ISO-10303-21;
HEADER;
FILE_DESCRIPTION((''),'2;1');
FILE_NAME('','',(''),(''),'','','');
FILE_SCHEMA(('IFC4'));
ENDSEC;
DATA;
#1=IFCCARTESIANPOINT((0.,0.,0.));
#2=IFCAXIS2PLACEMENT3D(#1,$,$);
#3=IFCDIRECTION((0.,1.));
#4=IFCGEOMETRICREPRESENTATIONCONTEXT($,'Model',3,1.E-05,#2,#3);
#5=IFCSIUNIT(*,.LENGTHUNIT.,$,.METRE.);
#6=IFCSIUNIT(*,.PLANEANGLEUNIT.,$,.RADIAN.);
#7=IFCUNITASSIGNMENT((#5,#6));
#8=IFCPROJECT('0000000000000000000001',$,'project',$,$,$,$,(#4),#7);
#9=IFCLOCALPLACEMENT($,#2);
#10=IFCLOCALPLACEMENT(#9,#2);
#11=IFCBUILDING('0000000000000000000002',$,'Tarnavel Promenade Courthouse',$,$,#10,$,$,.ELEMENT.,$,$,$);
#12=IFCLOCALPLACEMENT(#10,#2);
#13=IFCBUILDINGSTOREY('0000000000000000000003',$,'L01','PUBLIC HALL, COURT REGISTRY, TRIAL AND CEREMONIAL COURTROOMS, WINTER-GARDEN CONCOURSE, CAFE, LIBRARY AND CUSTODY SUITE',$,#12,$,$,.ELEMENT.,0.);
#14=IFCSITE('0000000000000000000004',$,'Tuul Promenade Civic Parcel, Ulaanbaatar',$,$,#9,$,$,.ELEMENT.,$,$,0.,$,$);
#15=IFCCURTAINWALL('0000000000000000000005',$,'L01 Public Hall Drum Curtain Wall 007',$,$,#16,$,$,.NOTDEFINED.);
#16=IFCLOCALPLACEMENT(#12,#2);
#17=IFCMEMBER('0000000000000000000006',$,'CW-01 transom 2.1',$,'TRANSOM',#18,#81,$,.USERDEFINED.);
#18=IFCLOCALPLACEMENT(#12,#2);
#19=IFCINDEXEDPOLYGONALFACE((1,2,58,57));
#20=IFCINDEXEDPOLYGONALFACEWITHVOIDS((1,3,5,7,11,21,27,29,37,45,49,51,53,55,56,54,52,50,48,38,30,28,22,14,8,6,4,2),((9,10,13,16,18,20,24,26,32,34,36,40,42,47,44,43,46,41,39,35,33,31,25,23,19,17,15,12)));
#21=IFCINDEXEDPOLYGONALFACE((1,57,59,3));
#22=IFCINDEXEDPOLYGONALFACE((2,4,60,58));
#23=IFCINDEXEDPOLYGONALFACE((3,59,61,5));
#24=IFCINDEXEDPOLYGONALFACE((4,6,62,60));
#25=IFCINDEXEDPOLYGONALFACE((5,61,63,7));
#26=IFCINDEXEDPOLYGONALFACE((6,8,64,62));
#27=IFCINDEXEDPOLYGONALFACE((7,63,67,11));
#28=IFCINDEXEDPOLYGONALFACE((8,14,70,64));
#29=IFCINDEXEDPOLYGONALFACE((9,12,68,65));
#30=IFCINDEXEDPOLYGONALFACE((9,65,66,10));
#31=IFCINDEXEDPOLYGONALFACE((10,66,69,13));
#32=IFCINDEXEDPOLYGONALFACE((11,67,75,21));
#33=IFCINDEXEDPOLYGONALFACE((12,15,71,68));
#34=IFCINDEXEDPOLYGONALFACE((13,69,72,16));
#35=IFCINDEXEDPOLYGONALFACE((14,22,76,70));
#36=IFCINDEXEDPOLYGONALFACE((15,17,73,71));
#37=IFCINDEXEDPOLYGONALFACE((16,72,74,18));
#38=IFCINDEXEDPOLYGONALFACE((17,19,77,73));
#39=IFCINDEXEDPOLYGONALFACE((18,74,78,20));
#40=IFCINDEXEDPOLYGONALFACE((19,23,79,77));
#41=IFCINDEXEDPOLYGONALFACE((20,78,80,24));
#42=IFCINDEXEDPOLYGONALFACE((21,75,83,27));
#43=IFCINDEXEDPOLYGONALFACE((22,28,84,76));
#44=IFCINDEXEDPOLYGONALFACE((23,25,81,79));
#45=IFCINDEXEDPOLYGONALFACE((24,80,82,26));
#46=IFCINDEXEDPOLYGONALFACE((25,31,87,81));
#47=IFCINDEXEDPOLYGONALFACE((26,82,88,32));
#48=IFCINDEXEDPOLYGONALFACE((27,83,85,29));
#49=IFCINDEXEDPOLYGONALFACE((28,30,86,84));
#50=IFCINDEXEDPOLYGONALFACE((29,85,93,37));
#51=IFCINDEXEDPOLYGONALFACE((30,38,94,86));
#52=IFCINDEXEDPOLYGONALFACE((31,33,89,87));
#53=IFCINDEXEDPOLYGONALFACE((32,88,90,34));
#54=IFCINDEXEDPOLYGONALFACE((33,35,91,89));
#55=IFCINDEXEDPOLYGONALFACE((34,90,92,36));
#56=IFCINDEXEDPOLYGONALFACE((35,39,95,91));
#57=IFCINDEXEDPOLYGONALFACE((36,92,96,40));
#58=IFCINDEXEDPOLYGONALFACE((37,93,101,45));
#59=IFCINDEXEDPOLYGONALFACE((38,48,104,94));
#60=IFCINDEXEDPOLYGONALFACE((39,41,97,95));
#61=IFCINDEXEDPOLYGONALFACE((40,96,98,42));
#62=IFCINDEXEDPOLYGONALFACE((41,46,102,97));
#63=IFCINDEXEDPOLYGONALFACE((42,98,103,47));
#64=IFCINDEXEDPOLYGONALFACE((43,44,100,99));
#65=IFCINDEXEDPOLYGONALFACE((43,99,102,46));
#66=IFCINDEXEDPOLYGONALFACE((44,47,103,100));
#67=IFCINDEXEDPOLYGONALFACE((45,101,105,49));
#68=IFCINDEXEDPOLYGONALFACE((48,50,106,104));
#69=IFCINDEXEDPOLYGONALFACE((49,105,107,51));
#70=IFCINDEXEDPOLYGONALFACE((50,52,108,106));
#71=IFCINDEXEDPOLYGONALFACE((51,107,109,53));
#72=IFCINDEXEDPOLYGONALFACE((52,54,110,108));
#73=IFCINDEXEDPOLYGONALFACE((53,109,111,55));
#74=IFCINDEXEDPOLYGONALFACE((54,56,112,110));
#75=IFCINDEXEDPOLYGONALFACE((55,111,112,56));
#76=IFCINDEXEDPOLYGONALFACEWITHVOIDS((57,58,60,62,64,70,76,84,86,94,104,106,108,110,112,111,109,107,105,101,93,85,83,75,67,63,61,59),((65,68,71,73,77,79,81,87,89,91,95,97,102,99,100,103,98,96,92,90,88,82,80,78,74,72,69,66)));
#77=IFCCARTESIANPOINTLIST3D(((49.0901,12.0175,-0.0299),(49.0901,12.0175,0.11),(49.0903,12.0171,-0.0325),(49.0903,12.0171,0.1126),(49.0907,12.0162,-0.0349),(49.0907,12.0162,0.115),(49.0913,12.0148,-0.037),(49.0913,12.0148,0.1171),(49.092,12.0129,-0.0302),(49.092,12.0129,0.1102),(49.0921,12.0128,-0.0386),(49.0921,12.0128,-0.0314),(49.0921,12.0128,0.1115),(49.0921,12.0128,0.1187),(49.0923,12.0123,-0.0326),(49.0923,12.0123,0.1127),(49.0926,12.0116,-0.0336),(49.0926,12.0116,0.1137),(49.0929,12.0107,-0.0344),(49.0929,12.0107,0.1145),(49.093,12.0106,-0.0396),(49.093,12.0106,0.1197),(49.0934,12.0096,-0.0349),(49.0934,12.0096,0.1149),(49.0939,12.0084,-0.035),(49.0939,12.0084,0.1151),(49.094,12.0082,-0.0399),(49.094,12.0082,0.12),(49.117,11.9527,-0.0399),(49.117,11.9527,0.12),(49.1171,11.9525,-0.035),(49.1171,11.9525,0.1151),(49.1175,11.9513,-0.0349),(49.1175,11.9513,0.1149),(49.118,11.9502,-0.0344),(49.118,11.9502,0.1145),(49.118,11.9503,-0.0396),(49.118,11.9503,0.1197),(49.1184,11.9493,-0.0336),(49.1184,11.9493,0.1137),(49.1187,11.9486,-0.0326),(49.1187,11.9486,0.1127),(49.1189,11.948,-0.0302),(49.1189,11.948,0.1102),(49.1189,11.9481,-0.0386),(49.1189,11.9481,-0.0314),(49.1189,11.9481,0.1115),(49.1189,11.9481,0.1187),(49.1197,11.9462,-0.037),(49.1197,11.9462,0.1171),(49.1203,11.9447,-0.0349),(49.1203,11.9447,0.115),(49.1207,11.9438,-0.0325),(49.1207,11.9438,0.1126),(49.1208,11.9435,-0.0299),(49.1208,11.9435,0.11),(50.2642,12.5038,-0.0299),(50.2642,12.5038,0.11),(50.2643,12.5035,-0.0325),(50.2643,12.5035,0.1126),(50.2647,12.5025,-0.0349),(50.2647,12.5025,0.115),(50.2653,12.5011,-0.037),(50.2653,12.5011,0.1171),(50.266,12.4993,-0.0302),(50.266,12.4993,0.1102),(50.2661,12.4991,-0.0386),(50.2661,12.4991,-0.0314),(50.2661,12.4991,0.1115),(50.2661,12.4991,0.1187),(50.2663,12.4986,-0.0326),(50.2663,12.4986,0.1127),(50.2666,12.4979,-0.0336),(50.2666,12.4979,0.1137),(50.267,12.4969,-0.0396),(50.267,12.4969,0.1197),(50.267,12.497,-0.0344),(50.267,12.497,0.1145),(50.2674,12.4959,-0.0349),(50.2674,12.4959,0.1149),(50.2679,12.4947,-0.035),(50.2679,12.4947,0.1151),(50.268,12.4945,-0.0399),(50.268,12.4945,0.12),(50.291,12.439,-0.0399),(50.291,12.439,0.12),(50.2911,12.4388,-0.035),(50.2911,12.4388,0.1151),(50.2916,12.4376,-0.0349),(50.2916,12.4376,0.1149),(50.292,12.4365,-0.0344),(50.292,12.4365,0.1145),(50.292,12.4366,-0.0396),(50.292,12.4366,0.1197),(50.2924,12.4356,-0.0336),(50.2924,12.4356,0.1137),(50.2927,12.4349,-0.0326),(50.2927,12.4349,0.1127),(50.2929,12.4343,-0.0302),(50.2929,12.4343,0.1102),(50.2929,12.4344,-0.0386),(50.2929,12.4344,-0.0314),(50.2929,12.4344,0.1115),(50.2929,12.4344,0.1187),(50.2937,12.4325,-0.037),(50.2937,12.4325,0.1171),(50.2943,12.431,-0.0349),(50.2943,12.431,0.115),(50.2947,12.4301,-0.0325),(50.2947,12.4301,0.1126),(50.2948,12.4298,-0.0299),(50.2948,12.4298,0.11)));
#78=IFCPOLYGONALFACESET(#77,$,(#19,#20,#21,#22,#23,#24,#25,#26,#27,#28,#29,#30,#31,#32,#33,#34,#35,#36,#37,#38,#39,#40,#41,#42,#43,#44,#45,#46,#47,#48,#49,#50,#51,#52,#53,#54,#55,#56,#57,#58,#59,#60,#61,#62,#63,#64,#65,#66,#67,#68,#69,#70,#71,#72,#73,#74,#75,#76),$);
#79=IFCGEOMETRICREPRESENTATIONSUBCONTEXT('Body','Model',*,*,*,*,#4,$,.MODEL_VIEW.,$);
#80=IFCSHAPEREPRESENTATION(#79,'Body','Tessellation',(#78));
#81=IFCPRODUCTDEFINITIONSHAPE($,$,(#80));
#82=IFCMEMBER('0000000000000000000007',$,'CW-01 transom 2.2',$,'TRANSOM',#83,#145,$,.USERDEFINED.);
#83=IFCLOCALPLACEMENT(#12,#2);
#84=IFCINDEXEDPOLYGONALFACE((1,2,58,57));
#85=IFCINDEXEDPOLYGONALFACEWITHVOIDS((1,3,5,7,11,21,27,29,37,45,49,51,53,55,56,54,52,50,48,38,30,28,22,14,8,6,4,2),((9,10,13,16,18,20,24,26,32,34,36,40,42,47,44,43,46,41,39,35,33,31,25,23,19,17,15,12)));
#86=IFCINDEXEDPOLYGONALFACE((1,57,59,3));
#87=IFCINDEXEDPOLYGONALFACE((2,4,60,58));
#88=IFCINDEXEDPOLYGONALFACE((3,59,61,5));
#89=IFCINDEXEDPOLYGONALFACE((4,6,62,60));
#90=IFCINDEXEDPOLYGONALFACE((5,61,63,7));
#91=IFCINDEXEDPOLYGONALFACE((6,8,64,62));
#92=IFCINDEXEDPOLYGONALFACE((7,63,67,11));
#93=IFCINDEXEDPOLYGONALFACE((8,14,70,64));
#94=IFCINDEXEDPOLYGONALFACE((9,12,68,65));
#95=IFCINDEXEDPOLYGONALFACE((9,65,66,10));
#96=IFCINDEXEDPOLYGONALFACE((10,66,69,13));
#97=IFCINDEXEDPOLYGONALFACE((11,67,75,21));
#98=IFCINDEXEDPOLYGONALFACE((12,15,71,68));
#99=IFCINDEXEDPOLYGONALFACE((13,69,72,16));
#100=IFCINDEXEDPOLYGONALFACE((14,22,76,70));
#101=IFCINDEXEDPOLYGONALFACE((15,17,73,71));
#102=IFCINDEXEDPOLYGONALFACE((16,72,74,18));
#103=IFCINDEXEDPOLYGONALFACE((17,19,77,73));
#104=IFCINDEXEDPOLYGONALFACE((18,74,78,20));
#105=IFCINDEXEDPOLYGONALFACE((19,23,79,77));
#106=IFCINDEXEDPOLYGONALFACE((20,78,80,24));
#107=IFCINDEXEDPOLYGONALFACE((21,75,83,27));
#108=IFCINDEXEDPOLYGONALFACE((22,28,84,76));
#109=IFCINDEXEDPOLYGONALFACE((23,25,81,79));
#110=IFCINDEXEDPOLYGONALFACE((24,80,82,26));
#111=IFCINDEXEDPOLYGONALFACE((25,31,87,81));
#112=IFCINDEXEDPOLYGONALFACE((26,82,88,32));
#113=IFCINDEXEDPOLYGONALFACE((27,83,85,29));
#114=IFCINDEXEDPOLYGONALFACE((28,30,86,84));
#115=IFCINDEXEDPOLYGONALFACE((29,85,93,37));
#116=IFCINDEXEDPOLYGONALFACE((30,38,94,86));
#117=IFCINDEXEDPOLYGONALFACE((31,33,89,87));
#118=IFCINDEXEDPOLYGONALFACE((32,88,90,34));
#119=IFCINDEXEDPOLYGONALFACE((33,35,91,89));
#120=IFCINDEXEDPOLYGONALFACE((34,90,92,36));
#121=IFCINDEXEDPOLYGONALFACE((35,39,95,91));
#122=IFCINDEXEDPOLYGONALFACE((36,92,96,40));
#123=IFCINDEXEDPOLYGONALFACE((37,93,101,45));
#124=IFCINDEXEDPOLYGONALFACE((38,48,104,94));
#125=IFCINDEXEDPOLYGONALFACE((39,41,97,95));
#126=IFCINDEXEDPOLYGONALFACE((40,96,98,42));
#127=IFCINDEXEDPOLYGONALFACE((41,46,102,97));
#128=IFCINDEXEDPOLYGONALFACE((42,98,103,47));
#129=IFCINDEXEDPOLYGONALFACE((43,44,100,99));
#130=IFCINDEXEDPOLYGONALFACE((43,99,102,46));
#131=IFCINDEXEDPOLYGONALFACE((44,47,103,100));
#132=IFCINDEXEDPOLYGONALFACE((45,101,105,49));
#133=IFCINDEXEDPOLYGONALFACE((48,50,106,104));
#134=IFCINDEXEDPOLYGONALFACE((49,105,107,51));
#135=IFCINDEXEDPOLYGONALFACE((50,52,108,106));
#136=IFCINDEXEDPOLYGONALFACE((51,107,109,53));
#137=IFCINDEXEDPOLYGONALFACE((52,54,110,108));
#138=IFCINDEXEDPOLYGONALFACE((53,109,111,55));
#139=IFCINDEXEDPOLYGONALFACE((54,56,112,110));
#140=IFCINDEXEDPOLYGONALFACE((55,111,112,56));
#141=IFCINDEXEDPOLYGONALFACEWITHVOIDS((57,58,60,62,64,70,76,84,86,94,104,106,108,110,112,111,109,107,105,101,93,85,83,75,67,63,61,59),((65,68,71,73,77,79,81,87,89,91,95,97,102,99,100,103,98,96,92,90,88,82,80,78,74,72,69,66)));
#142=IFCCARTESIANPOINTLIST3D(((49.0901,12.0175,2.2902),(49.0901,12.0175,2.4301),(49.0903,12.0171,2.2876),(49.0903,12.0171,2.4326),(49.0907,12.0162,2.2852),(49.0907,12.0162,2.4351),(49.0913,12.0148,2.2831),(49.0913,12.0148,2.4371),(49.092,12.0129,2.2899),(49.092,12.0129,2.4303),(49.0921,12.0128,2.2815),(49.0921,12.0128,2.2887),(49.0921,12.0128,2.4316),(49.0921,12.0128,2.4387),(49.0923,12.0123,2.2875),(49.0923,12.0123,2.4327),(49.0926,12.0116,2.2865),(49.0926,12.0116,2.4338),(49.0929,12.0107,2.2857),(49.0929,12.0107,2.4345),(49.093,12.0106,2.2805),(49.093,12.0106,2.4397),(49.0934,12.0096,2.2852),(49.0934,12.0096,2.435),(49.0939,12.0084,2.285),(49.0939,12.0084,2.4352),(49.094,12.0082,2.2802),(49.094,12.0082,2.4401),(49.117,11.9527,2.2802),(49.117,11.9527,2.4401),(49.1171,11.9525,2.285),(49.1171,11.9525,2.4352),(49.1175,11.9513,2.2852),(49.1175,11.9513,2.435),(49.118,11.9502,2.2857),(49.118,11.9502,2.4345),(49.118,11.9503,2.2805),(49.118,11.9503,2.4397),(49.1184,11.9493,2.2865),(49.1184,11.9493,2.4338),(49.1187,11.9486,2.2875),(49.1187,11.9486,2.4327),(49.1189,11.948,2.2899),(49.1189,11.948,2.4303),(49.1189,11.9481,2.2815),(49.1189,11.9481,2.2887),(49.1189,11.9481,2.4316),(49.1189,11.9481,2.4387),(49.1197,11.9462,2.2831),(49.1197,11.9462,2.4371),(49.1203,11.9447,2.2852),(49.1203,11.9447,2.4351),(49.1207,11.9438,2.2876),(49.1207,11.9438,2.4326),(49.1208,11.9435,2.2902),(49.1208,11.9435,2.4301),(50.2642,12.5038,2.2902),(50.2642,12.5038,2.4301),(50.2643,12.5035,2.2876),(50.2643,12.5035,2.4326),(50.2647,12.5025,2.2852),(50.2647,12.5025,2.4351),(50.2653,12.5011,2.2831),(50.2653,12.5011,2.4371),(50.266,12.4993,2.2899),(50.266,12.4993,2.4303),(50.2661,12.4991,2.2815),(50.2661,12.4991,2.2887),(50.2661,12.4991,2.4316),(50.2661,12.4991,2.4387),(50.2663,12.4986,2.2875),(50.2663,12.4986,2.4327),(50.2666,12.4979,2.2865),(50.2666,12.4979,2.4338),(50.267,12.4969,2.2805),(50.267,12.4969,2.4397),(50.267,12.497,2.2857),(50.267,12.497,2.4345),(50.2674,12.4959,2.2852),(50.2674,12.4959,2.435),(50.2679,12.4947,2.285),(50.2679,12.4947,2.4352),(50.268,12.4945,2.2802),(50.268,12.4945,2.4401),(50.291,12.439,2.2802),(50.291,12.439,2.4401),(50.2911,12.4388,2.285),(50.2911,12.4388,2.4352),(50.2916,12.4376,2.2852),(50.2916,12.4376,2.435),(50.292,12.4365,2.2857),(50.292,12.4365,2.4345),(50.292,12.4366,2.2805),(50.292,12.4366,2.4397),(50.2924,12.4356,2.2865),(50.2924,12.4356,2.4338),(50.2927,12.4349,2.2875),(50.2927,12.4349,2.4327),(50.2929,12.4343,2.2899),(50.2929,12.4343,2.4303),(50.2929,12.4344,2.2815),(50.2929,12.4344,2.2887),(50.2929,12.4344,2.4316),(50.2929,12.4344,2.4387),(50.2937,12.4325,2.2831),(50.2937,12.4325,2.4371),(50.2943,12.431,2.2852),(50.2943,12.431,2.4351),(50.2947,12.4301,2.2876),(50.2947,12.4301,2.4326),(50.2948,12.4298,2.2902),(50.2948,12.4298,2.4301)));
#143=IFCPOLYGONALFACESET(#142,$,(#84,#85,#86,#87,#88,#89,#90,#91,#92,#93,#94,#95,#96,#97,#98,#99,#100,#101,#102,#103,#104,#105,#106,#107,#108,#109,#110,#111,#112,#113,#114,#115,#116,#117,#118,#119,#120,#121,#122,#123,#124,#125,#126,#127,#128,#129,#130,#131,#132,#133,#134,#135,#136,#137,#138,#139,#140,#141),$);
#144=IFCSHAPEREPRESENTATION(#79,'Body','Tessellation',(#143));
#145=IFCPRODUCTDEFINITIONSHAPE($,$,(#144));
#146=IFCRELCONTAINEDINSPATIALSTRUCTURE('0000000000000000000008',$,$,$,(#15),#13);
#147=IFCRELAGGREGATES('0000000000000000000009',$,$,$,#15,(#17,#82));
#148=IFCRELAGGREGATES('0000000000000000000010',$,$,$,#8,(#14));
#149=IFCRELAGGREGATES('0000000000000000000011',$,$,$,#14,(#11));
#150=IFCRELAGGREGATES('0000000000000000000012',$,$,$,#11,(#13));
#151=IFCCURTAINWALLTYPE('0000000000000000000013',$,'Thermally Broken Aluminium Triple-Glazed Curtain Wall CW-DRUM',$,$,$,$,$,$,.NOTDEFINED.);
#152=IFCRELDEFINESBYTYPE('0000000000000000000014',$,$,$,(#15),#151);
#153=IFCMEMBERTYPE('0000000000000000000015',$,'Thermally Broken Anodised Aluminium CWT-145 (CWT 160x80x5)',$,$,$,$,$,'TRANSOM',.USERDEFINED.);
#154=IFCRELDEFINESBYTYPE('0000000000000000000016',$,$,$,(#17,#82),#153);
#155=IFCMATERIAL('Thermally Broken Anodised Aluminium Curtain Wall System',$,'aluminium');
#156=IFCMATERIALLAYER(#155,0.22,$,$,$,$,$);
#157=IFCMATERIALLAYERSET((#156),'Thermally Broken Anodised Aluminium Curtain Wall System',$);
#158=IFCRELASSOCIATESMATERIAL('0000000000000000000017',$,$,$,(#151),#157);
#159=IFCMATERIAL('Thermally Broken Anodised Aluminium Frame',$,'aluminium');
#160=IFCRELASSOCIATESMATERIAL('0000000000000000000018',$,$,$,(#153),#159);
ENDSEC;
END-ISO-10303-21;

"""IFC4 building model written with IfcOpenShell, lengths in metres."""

from ifc_helpers import new_model, si_unit, direction, frame, origin, origin_2d, place, context, subcontext, project, spatial, hollow_rectangle, extrude, material, layer, layer_set, material_profile, profile_set, type_object, element, aggregate, save


model = new_model("IFC4")

# Units and contexts
model_context = context("Model", 3, precision=1e-05, world=origin(), true_north=direction((0.0, 1.0)))
body_context = subcontext(model_context, "Body", "Model", "MODEL_VIEW")
ifc_project = project(units=[si_unit("LENGTHUNIT", "METRE"), si_unit("PLANEANGLEUNIT", "RADIAN")], contexts=[model_context])

# Site, building, storey
site_placement = place(None, origin())
site = spatial("IfcSite", under=ifc_project, at=site_placement, Name="Tuul Promenade Civic Parcel, Ulaanbaatar", CompositionType="ELEMENT", RefElevation=0.0)
building_placement = place(site_placement, origin())
building = spatial("IfcBuilding", under=site, at=building_placement, Name="Tarnavel Promenade Courthouse", CompositionType="ELEMENT")
storey_placement = place(building_placement, origin())
storey = spatial("IfcBuildingStorey", under=building, at=storey_placement, Name="L01", Description="PUBLIC HALL, COURT REGISTRY, TRIAL AND CEREMONIAL COURTROOMS, WINTER-GARDEN CONCOURSE, CAFE, LIBRARY AND CUSTODY SUITE", CompositionType="ELEMENT", Elevation=0.0)

# Curtain wall
ifc_material_1 = material(Name="Thermally Broken Anodised Aluminium Curtain Wall System", Category="aluminium")
ifc_layer_1 = layer(ifc_material_1, 0.22)
ifc_layer_set_1 = layer_set([ifc_layer_1], Name="Thermally Broken Anodised Aluminium Curtain Wall System")
curtain_wall_type = type_object("IfcCurtainWallType", Name="Thermally Broken Aluminium Triple-Glazed Curtain Wall CW-DRUM", PredefinedType="NOTDEFINED", material=ifc_layer_set_1)
ifc_material_2 = material(Name="Thermally Broken Anodised Aluminium Frame", Category="aluminium")
curtain_wall_1_placement = place(storey_placement, origin())
curtain_wall_1 = element("IfcCurtainWall", 1, at=curtain_wall_1_placement, inside=storey, type_object=curtain_wall_type, Name="L01 Public Hall Drum Curtain Wall 007", PredefinedType="NOTDEFINED")

# Members
ifc_material_profile_1 = material_profile(ifc_material_2, hollow_rectangle(XDim=0.0801, YDim=0.1599, WallThickness=0.0049, InnerFilletRadius=0.0049, OuterFilletRadius=0.01, at=origin_2d()), Name="CWT 160x80x5")
ifc_profile_set_1 = profile_set([ifc_material_profile_1], Name="Thermally Broken Anodised Aluminium Frame")
member_type_1 = type_object("IfcMemberType", Name="Thermally Broken Anodised Aluminium CWT-145 (CWT 160x80x5)", ElementType="TRANSOM", PredefinedType="USERDEFINED", material=ifc_profile_set_1)
member_1_placement = place(storey_placement, frame((49.1055, 11.9805, 0.04), z_axis=(0.923876, 0.382691, 0.0), x_axis=(-0.382691, 0.923876, 0.0)))
member_1 = element("IfcMember", 2, at=member_1_placement, type_object=member_type_1, Name="CW-01 transom 2.1", ObjectType="TRANSOM", PredefinedType="USERDEFINED", context=body_context, shape_type="SweptSolid", body=[
    extrude(hollow_rectangle(XDim=0.0801, YDim=0.1599, WallThickness=0.0049, InnerFilletRadius=0.0049, OuterFilletRadius=0.01, at=origin_2d()), origin(), (0.0, 0.0, 1.0), 1.2708),
])
member_2_placement = place(storey_placement, frame((49.1055, 11.9805, 2.3601), z_axis=(0.923876, 0.382691, 0.0), x_axis=(-0.382691, 0.923876, 0.0)))
member_2 = element("IfcMember", 3, at=member_2_placement, type_object=member_type_1, Name="CW-01 transom 2.2", ObjectType="TRANSOM", PredefinedType="USERDEFINED", context=body_context, shape_type="SweptSolid", body=[
    extrude(hollow_rectangle(XDim=0.0801, YDim=0.1599, WallThickness=0.0049, InnerFilletRadius=0.0049, OuterFilletRadius=0.01, at=origin_2d()), origin(), (0.0, 0.0, 1.0), 1.2708),
])

aggregate(curtain_wall_1, [member_1, member_2])

save(model, "model.ifc")
